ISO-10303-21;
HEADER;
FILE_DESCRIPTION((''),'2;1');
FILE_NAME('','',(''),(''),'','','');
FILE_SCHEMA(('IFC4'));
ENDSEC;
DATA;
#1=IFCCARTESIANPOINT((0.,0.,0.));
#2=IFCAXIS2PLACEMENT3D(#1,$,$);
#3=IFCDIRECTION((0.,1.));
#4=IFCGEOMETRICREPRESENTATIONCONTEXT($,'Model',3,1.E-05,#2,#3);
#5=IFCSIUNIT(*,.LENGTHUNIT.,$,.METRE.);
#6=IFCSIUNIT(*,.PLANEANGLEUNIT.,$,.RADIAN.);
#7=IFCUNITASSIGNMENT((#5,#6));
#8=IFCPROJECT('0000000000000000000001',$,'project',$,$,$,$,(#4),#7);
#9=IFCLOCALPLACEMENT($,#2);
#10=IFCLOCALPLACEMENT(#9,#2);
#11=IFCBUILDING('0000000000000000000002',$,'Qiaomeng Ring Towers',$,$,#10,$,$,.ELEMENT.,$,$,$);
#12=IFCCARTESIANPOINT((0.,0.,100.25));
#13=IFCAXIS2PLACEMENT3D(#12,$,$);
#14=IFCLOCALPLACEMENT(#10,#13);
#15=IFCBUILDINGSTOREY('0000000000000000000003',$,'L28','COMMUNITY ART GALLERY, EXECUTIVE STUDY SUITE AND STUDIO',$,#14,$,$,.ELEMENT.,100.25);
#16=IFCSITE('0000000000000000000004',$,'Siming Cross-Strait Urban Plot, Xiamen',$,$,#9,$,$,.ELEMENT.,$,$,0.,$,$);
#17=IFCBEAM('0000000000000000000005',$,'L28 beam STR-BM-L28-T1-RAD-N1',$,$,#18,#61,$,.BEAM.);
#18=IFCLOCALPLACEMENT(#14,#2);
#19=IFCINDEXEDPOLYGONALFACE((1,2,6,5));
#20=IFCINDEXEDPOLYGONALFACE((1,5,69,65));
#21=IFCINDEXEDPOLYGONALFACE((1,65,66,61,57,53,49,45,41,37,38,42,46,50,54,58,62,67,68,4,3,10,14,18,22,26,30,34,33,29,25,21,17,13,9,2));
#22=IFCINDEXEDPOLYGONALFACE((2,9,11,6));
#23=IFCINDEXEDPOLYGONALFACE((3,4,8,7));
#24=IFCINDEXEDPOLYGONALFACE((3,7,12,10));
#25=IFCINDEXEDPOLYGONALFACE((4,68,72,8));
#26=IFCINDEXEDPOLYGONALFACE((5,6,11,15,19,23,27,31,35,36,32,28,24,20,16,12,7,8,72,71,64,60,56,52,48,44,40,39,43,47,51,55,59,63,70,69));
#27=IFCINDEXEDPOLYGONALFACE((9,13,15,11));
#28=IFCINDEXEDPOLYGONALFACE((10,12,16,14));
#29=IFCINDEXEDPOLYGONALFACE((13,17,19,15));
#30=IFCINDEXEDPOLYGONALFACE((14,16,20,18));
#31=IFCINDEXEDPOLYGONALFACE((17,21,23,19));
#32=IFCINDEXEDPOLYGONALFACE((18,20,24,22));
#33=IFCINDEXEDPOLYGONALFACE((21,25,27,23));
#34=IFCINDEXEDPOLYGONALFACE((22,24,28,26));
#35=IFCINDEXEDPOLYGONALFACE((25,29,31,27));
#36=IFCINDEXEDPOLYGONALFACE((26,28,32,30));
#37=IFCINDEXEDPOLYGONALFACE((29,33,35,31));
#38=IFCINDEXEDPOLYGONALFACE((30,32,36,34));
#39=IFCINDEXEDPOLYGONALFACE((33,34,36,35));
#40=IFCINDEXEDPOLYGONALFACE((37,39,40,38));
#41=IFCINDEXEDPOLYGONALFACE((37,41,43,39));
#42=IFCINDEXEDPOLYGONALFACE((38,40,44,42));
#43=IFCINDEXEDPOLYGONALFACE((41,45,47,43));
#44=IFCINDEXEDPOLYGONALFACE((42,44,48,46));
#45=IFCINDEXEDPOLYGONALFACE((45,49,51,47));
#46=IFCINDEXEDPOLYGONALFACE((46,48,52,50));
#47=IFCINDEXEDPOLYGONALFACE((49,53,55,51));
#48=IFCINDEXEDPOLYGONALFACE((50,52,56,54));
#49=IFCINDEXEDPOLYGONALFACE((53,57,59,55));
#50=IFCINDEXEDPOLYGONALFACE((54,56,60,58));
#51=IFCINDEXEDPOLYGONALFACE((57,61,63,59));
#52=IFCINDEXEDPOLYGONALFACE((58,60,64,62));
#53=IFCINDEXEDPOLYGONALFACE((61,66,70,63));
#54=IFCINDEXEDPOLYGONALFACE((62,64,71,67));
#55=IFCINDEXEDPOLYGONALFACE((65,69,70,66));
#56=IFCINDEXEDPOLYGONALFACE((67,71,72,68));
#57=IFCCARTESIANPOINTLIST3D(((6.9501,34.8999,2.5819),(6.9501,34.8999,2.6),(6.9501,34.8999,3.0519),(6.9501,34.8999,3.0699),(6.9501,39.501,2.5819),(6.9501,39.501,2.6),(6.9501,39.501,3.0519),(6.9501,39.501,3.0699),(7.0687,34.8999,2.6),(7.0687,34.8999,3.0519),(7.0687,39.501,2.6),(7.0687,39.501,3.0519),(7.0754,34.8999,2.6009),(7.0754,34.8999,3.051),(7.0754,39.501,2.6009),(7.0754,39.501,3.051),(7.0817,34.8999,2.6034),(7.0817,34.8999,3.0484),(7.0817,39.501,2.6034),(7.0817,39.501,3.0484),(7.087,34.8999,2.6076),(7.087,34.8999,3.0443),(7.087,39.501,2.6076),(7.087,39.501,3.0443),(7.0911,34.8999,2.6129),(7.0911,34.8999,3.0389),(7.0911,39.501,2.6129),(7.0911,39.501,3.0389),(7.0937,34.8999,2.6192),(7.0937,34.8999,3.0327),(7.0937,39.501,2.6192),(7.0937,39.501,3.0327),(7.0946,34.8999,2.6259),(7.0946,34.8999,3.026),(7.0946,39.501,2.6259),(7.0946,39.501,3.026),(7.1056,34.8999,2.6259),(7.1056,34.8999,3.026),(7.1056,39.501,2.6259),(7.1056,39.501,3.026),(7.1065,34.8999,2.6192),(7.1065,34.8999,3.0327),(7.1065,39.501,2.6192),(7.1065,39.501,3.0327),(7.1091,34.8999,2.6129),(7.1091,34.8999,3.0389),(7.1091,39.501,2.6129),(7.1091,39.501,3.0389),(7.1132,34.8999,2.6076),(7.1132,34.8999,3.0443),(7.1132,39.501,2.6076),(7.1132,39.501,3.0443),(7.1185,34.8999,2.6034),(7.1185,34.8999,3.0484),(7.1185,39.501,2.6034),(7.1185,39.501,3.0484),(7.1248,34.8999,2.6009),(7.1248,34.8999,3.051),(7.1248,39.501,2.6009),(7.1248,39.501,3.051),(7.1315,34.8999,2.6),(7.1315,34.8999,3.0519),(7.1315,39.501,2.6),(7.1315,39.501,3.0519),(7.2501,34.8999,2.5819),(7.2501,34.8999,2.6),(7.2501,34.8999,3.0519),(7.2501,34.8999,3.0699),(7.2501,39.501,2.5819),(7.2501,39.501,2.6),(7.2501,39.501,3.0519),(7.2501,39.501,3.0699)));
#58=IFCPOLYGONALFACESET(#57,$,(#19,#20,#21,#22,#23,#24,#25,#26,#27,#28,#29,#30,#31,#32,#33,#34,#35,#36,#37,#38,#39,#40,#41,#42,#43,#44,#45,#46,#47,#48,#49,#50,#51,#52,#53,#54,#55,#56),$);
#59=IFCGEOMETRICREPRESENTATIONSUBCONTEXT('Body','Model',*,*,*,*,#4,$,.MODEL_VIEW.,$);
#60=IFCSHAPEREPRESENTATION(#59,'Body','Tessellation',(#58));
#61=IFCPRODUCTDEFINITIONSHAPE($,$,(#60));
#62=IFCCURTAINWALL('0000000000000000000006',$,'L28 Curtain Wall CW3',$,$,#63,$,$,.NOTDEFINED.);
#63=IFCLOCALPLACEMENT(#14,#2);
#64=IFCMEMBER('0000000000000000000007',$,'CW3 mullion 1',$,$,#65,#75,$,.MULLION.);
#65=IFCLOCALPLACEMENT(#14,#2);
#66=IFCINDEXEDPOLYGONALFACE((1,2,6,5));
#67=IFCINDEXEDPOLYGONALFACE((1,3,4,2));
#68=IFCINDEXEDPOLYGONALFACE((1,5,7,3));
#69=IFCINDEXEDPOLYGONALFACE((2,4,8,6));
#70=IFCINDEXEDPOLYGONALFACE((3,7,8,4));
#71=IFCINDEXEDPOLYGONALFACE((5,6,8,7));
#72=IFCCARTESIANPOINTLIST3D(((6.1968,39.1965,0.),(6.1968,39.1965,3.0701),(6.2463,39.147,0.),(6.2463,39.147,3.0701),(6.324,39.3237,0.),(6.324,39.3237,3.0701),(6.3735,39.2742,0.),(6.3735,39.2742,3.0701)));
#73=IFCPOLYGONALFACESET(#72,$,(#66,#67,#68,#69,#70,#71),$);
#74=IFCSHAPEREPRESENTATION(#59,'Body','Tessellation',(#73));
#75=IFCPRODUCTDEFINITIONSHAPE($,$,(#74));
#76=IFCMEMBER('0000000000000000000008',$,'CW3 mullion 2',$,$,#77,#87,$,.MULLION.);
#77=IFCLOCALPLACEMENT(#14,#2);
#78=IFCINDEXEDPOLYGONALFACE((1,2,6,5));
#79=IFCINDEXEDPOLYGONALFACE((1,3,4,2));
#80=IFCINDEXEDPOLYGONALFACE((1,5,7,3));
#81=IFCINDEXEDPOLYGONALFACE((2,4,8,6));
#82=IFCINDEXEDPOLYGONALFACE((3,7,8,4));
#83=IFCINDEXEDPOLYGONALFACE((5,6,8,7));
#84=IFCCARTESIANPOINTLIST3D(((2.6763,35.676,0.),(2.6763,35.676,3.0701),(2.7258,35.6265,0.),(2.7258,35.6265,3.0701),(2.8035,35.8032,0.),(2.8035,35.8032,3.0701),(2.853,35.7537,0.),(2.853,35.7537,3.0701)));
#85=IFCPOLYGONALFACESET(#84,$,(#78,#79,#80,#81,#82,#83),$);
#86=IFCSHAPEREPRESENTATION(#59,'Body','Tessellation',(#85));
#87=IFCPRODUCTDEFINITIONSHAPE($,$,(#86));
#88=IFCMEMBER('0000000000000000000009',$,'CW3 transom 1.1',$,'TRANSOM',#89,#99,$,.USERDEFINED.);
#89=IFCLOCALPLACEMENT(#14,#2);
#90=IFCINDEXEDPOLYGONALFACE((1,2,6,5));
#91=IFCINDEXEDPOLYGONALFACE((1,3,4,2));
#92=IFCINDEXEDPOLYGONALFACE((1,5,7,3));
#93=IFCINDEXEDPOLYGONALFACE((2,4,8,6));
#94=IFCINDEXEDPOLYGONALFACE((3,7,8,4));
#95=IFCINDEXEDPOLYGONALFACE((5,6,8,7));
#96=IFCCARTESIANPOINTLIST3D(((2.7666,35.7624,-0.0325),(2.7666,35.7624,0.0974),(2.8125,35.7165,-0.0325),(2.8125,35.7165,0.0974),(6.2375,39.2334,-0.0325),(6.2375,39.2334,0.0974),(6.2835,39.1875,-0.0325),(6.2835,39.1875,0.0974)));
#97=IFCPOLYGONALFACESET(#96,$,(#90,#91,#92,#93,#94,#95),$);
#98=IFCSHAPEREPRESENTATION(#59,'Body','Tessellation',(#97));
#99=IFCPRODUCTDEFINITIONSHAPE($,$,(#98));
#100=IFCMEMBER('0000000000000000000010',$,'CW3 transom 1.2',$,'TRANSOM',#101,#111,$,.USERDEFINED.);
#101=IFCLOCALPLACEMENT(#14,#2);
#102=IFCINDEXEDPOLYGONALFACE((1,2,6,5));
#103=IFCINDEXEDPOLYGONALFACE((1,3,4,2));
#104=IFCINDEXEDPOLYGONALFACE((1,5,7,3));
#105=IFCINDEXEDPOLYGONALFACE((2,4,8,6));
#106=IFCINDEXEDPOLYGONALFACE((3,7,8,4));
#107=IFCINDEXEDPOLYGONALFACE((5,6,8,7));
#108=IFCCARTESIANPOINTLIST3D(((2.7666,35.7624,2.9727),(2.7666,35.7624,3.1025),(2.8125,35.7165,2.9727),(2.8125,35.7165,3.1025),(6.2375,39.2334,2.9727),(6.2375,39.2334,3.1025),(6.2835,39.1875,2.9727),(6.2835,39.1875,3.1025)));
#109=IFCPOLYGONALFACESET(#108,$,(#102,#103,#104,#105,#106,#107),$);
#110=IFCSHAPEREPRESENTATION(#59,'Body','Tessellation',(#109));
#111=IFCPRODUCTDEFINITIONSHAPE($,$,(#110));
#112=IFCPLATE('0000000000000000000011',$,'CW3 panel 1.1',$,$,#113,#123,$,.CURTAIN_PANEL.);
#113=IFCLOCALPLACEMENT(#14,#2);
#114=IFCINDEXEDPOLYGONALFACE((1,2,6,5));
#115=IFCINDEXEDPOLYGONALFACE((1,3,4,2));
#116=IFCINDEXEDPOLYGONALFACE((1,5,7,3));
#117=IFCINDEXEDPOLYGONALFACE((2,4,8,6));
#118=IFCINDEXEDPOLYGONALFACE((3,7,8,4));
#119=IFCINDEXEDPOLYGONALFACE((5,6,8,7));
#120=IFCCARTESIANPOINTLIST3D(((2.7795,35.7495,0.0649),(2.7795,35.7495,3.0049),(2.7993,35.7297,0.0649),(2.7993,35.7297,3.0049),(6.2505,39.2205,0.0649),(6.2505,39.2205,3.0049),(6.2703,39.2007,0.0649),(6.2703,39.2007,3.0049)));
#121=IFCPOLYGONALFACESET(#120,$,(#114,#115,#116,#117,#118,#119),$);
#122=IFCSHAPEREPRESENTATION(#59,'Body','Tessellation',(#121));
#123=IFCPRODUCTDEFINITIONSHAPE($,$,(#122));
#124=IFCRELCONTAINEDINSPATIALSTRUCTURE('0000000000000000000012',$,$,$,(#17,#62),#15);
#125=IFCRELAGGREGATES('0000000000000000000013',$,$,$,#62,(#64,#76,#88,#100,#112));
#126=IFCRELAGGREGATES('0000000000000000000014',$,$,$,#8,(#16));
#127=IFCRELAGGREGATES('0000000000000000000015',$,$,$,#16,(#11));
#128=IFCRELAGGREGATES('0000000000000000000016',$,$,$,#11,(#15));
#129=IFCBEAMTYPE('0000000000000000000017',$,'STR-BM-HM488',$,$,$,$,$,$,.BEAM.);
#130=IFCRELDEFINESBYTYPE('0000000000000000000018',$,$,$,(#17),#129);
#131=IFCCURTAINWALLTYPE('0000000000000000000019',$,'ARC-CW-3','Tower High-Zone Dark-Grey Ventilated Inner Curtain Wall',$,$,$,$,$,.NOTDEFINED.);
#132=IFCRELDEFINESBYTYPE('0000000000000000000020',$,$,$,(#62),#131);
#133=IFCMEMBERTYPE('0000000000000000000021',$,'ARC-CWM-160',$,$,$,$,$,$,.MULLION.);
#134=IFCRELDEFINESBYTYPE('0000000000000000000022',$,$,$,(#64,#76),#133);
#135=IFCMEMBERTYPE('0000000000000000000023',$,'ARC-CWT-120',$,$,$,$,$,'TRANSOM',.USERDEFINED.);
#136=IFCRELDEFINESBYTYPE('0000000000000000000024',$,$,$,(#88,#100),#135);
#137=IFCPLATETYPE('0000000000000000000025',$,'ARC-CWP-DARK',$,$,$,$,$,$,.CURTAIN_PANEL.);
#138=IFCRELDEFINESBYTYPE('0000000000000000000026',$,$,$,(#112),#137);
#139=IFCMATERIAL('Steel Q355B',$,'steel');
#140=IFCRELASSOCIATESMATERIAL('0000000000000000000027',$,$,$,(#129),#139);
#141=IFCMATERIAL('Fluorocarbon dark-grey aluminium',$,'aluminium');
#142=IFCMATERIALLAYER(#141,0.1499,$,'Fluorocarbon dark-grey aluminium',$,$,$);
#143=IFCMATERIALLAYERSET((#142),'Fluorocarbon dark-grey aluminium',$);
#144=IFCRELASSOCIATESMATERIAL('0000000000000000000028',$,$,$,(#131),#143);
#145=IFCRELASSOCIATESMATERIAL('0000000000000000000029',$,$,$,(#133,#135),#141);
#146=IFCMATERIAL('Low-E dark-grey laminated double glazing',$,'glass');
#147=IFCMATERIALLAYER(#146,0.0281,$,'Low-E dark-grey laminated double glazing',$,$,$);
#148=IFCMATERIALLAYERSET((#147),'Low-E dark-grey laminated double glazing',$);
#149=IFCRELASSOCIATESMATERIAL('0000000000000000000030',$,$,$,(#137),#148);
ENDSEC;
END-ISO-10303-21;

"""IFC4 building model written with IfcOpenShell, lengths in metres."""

from ifc_helpers import new_model, si_unit, direction, frame, origin, origin_2d, place, context, subcontext, project, spatial, rectangle, i_section, extrude, source, transform, mapped, material, layer, layer_set, material_profile, profile_set, type_object, element, aggregate, save


model = new_model("IFC4")

# Units and contexts
model_context = context("Model", 3, precision=1e-05, world=origin(), true_north=direction((0.0, 1.0)))
body_context = subcontext(model_context, "Body", "Model", "MODEL_VIEW")
ifc_project = project(units=[si_unit("LENGTHUNIT", "METRE"), si_unit("PLANEANGLEUNIT", "RADIAN")], contexts=[model_context])

# Site, building, storey
site_placement = place(None, origin())
site = spatial("IfcSite", under=ifc_project, at=site_placement, Name="Siming Cross-Strait Urban Plot, Xiamen", CompositionType="ELEMENT", RefElevation=0.0)
building_placement = place(site_placement, origin())
building = spatial("IfcBuilding", under=site, at=building_placement, Name="Qiaomeng Ring Towers", CompositionType="ELEMENT")
storey_placement = place(building_placement, frame((0.0, 0.0, 100.25)))
storey = spatial("IfcBuildingStorey", under=building, at=storey_placement, Name="L28", Description="COMMUNITY ART GALLERY, EXECUTIVE STUDY SUITE AND STUDIO", CompositionType="ELEMENT", Elevation=100.25)

# Beam
ifc_material_1 = material(Name="Steel Q355B", Category="steel")
ifc_material_profile_1 = material_profile(ifc_material_1, i_section(OverallWidth=0.3, OverallDepth=0.488, WebThickness=0.011, FlangeThickness=0.0181, FilletRadius=0.0259, at=origin_2d()), Name="HM 488x300x11x18")
ifc_profile_set_1 = profile_set([ifc_material_profile_1], Name="Steel Q355B")
beam_type_1 = type_object("IfcBeamType", Name="STR-BM-HM488", PredefinedType="BEAM", material=ifc_profile_set_1)
shared_shape_1 = source(origin(), body_context, "Body", "SweptSolid", [
    extrude(i_section(OverallWidth=0.3, OverallDepth=0.488, WebThickness=0.011, FlangeThickness=0.0181, FilletRadius=0.0259, at=origin_2d()), origin(), (0.0, 0.0, 1.0), 4.6011),
])
beam_1_placement = place(storey_placement, frame((7.1001, 39.501, 2.8259), z_axis=(0.0, -1.0, 0.0), x_axis=(1.0, 0.0, 0.0)))
element("IfcBeam", 1, at=beam_1_placement, inside=storey, type_object=beam_type_1, Name="L28 beam STR-BM-L28-T1-RAD-N1", PredefinedType="BEAM", context=body_context, shape_type="MappedRepresentation", body=[
    mapped(shared_shape_1, transform((0.0, 0.0, 0.0), x_axis=(1.0, 0.0, 0.0), y_axis=(0.0, 1.0, 0.0), z_axis=(0.0, 0.0, 1.0), scale=1.0)),
])

# Curtain wall, members, plate
ifc_material_2 = material(Name="Fluorocarbon dark-grey aluminium", Category="aluminium")
ifc_layer_1 = layer(ifc_material_2, 0.1499, Name="Fluorocarbon dark-grey aluminium")
ifc_layer_set_1 = layer_set([ifc_layer_1], Name="Fluorocarbon dark-grey aluminium")
curtain_wall_type = type_object("IfcCurtainWallType", Name="ARC-CW-3", Description="Tower High-Zone Dark-Grey Ventilated Inner Curtain Wall", PredefinedType="NOTDEFINED", material=ifc_layer_set_1)
curtain_wall_placement = place(storey_placement, origin())
curtain_wall = element("IfcCurtainWall", 2, at=curtain_wall_placement, inside=storey, type_object=curtain_wall_type, Name="L28 Curtain Wall CW3", PredefinedType="NOTDEFINED")
ifc_material_profile_2 = material_profile(ifc_material_2, rectangle(XDim=0.0701, YDim=0.1799, at=origin_2d()), Name="ALU MULL 70x180")
ifc_profile_set_2 = profile_set([ifc_material_profile_2], Name="Fluorocarbon dark-grey aluminium")
member_type_1 = type_object("IfcMemberType", Name="ARC-CWM-160", PredefinedType="MULLION", material=ifc_profile_set_2)
shared_shape_2 = source(origin(), body_context, "Body", "SweptSolid", [
    extrude(rectangle(XDim=0.0701, YDim=0.1799, at=origin_2d()), origin(), (0.0, 0.0, 1.0), 3.0701),
])
member_1_placement = place(storey_placement, frame((6.2852, 39.2354, 0.0), z_axis=(0.0, 0.0, 1.0), x_axis=(0.707107, -0.707107, 0.0)))
member_1 = element("IfcMember", 3, at=member_1_placement, type_object=member_type_1, Name="CW3 mullion 1", PredefinedType="MULLION", context=body_context, shape_type="MappedRepresentation", body=[
    mapped(shared_shape_2, transform((0.0, 0.0, 0.0), x_axis=(1.0, 0.0, 0.0), y_axis=(0.0, 1.0, 0.0), z_axis=(0.0, 0.0, 1.0), scale=1.0)),
])
member_2_placement = place(storey_placement, frame((2.7646, 35.7148, 0.0), z_axis=(0.0, 0.0, 1.0), x_axis=(0.707107, -0.707107, 0.0)))
member_2 = element("IfcMember", 4, at=member_2_placement, type_object=member_type_1, Name="CW3 mullion 2", PredefinedType="MULLION", context=body_context, shape_type="MappedRepresentation", body=[
    mapped(shared_shape_2, transform((0.0, 0.0, 0.0), x_axis=(1.0, 0.0, 0.0), y_axis=(0.0, 1.0, 0.0), z_axis=(0.0, 0.0, 1.0), scale=1.0)),
])
ifc_material_profile_3 = material_profile(ifc_material_2, rectangle(XDim=0.0649, YDim=0.1299, at=origin_2d()), Name="ALU TRAN 65x130")
ifc_profile_set_3 = profile_set([ifc_material_profile_3], Name="Fluorocarbon dark-grey aluminium")
member_type_2 = type_object("IfcMemberType", Name="ARC-CWT-120", ElementType="TRANSOM", PredefinedType="USERDEFINED", material=ifc_profile_set_3)
shared_shape_3 = source(origin(), body_context, "Body", "SweptSolid", [
    extrude(rectangle(XDim=0.0649, YDim=0.1299, at=origin_2d()), origin(), (0.0, 0.0, 1.0), 4.9087),
])
member_3_placement = place(storey_placement, frame((6.2605, 39.2104, 0.0325), z_axis=(-0.707107, -0.707107, 0.0), x_axis=(0.707107, -0.707107, 0.0)))
member_3 = element("IfcMember", 5, at=member_3_placement, type_object=member_type_2, Name="CW3 transom 1.1", ObjectType="TRANSOM", PredefinedType="USERDEFINED", context=body_context, shape_type="MappedRepresentation", body=[
    mapped(shared_shape_3, transform((0.0, 0.0, 0.0), x_axis=(1.0, 0.0, 0.0), y_axis=(0.0, 1.0, 0.0), z_axis=(0.0, 0.0, 1.0), scale=1.0)),
])
member_4_placement = place(storey_placement, frame((6.2605, 39.2104, 3.0376), z_axis=(-0.707107, -0.707107, 0.0), x_axis=(0.707107, -0.707107, 0.0)))
member_4 = element("IfcMember", 6, at=member_4_placement, type_object=member_type_2, Name="CW3 transom 1.2", ObjectType="TRANSOM", PredefinedType="USERDEFINED", context=body_context, shape_type="MappedRepresentation", body=[
    mapped(shared_shape_3, transform((0.0, 0.0, 0.0), x_axis=(1.0, 0.0, 0.0), y_axis=(0.0, 1.0, 0.0), z_axis=(0.0, 0.0, 1.0), scale=1.0)),
])
ifc_material_3 = material(Name="Low-E dark-grey laminated double glazing", Category="glass")
ifc_layer_2 = layer(ifc_material_3, 0.0281, Name="Low-E dark-grey laminated double glazing")
ifc_layer_set_2 = layer_set([ifc_layer_2], Name="Low-E dark-grey laminated double glazing")
plate_type = type_object("IfcPlateType", Name="ARC-CWP-DARK", PredefinedType="CURTAIN_PANEL", material=ifc_layer_set_2)
shared_shape_4 = source(origin(), body_context, "Body", "SweptSolid", [
    extrude(rectangle(XDim=4.9087, YDim=0.0281, at=origin_2d()), origin(), (0.0, 0.0, 1.0), 2.9399),
])
plate_placement = place(storey_placement, frame((4.5249, 37.4751, 0.0649), z_axis=(0.0, 0.0, 1.0), x_axis=(-0.707107, -0.707107, 0.0)))
plate = element("IfcPlate", 7, at=plate_placement, type_object=plate_type, Name="CW3 panel 1.1", PredefinedType="CURTAIN_PANEL", context=body_context, shape_type="MappedRepresentation", body=[
    mapped(shared_shape_4, transform((0.0, 0.0, 0.0), x_axis=(1.0, 0.0, 0.0), y_axis=(0.0, 1.0, 0.0), z_axis=(0.0, 0.0, 1.0), scale=1.0)),
])
aggregate(curtain_wall, [member_1, member_2, member_3, member_4, plate])

save(model, "model.ifc")
